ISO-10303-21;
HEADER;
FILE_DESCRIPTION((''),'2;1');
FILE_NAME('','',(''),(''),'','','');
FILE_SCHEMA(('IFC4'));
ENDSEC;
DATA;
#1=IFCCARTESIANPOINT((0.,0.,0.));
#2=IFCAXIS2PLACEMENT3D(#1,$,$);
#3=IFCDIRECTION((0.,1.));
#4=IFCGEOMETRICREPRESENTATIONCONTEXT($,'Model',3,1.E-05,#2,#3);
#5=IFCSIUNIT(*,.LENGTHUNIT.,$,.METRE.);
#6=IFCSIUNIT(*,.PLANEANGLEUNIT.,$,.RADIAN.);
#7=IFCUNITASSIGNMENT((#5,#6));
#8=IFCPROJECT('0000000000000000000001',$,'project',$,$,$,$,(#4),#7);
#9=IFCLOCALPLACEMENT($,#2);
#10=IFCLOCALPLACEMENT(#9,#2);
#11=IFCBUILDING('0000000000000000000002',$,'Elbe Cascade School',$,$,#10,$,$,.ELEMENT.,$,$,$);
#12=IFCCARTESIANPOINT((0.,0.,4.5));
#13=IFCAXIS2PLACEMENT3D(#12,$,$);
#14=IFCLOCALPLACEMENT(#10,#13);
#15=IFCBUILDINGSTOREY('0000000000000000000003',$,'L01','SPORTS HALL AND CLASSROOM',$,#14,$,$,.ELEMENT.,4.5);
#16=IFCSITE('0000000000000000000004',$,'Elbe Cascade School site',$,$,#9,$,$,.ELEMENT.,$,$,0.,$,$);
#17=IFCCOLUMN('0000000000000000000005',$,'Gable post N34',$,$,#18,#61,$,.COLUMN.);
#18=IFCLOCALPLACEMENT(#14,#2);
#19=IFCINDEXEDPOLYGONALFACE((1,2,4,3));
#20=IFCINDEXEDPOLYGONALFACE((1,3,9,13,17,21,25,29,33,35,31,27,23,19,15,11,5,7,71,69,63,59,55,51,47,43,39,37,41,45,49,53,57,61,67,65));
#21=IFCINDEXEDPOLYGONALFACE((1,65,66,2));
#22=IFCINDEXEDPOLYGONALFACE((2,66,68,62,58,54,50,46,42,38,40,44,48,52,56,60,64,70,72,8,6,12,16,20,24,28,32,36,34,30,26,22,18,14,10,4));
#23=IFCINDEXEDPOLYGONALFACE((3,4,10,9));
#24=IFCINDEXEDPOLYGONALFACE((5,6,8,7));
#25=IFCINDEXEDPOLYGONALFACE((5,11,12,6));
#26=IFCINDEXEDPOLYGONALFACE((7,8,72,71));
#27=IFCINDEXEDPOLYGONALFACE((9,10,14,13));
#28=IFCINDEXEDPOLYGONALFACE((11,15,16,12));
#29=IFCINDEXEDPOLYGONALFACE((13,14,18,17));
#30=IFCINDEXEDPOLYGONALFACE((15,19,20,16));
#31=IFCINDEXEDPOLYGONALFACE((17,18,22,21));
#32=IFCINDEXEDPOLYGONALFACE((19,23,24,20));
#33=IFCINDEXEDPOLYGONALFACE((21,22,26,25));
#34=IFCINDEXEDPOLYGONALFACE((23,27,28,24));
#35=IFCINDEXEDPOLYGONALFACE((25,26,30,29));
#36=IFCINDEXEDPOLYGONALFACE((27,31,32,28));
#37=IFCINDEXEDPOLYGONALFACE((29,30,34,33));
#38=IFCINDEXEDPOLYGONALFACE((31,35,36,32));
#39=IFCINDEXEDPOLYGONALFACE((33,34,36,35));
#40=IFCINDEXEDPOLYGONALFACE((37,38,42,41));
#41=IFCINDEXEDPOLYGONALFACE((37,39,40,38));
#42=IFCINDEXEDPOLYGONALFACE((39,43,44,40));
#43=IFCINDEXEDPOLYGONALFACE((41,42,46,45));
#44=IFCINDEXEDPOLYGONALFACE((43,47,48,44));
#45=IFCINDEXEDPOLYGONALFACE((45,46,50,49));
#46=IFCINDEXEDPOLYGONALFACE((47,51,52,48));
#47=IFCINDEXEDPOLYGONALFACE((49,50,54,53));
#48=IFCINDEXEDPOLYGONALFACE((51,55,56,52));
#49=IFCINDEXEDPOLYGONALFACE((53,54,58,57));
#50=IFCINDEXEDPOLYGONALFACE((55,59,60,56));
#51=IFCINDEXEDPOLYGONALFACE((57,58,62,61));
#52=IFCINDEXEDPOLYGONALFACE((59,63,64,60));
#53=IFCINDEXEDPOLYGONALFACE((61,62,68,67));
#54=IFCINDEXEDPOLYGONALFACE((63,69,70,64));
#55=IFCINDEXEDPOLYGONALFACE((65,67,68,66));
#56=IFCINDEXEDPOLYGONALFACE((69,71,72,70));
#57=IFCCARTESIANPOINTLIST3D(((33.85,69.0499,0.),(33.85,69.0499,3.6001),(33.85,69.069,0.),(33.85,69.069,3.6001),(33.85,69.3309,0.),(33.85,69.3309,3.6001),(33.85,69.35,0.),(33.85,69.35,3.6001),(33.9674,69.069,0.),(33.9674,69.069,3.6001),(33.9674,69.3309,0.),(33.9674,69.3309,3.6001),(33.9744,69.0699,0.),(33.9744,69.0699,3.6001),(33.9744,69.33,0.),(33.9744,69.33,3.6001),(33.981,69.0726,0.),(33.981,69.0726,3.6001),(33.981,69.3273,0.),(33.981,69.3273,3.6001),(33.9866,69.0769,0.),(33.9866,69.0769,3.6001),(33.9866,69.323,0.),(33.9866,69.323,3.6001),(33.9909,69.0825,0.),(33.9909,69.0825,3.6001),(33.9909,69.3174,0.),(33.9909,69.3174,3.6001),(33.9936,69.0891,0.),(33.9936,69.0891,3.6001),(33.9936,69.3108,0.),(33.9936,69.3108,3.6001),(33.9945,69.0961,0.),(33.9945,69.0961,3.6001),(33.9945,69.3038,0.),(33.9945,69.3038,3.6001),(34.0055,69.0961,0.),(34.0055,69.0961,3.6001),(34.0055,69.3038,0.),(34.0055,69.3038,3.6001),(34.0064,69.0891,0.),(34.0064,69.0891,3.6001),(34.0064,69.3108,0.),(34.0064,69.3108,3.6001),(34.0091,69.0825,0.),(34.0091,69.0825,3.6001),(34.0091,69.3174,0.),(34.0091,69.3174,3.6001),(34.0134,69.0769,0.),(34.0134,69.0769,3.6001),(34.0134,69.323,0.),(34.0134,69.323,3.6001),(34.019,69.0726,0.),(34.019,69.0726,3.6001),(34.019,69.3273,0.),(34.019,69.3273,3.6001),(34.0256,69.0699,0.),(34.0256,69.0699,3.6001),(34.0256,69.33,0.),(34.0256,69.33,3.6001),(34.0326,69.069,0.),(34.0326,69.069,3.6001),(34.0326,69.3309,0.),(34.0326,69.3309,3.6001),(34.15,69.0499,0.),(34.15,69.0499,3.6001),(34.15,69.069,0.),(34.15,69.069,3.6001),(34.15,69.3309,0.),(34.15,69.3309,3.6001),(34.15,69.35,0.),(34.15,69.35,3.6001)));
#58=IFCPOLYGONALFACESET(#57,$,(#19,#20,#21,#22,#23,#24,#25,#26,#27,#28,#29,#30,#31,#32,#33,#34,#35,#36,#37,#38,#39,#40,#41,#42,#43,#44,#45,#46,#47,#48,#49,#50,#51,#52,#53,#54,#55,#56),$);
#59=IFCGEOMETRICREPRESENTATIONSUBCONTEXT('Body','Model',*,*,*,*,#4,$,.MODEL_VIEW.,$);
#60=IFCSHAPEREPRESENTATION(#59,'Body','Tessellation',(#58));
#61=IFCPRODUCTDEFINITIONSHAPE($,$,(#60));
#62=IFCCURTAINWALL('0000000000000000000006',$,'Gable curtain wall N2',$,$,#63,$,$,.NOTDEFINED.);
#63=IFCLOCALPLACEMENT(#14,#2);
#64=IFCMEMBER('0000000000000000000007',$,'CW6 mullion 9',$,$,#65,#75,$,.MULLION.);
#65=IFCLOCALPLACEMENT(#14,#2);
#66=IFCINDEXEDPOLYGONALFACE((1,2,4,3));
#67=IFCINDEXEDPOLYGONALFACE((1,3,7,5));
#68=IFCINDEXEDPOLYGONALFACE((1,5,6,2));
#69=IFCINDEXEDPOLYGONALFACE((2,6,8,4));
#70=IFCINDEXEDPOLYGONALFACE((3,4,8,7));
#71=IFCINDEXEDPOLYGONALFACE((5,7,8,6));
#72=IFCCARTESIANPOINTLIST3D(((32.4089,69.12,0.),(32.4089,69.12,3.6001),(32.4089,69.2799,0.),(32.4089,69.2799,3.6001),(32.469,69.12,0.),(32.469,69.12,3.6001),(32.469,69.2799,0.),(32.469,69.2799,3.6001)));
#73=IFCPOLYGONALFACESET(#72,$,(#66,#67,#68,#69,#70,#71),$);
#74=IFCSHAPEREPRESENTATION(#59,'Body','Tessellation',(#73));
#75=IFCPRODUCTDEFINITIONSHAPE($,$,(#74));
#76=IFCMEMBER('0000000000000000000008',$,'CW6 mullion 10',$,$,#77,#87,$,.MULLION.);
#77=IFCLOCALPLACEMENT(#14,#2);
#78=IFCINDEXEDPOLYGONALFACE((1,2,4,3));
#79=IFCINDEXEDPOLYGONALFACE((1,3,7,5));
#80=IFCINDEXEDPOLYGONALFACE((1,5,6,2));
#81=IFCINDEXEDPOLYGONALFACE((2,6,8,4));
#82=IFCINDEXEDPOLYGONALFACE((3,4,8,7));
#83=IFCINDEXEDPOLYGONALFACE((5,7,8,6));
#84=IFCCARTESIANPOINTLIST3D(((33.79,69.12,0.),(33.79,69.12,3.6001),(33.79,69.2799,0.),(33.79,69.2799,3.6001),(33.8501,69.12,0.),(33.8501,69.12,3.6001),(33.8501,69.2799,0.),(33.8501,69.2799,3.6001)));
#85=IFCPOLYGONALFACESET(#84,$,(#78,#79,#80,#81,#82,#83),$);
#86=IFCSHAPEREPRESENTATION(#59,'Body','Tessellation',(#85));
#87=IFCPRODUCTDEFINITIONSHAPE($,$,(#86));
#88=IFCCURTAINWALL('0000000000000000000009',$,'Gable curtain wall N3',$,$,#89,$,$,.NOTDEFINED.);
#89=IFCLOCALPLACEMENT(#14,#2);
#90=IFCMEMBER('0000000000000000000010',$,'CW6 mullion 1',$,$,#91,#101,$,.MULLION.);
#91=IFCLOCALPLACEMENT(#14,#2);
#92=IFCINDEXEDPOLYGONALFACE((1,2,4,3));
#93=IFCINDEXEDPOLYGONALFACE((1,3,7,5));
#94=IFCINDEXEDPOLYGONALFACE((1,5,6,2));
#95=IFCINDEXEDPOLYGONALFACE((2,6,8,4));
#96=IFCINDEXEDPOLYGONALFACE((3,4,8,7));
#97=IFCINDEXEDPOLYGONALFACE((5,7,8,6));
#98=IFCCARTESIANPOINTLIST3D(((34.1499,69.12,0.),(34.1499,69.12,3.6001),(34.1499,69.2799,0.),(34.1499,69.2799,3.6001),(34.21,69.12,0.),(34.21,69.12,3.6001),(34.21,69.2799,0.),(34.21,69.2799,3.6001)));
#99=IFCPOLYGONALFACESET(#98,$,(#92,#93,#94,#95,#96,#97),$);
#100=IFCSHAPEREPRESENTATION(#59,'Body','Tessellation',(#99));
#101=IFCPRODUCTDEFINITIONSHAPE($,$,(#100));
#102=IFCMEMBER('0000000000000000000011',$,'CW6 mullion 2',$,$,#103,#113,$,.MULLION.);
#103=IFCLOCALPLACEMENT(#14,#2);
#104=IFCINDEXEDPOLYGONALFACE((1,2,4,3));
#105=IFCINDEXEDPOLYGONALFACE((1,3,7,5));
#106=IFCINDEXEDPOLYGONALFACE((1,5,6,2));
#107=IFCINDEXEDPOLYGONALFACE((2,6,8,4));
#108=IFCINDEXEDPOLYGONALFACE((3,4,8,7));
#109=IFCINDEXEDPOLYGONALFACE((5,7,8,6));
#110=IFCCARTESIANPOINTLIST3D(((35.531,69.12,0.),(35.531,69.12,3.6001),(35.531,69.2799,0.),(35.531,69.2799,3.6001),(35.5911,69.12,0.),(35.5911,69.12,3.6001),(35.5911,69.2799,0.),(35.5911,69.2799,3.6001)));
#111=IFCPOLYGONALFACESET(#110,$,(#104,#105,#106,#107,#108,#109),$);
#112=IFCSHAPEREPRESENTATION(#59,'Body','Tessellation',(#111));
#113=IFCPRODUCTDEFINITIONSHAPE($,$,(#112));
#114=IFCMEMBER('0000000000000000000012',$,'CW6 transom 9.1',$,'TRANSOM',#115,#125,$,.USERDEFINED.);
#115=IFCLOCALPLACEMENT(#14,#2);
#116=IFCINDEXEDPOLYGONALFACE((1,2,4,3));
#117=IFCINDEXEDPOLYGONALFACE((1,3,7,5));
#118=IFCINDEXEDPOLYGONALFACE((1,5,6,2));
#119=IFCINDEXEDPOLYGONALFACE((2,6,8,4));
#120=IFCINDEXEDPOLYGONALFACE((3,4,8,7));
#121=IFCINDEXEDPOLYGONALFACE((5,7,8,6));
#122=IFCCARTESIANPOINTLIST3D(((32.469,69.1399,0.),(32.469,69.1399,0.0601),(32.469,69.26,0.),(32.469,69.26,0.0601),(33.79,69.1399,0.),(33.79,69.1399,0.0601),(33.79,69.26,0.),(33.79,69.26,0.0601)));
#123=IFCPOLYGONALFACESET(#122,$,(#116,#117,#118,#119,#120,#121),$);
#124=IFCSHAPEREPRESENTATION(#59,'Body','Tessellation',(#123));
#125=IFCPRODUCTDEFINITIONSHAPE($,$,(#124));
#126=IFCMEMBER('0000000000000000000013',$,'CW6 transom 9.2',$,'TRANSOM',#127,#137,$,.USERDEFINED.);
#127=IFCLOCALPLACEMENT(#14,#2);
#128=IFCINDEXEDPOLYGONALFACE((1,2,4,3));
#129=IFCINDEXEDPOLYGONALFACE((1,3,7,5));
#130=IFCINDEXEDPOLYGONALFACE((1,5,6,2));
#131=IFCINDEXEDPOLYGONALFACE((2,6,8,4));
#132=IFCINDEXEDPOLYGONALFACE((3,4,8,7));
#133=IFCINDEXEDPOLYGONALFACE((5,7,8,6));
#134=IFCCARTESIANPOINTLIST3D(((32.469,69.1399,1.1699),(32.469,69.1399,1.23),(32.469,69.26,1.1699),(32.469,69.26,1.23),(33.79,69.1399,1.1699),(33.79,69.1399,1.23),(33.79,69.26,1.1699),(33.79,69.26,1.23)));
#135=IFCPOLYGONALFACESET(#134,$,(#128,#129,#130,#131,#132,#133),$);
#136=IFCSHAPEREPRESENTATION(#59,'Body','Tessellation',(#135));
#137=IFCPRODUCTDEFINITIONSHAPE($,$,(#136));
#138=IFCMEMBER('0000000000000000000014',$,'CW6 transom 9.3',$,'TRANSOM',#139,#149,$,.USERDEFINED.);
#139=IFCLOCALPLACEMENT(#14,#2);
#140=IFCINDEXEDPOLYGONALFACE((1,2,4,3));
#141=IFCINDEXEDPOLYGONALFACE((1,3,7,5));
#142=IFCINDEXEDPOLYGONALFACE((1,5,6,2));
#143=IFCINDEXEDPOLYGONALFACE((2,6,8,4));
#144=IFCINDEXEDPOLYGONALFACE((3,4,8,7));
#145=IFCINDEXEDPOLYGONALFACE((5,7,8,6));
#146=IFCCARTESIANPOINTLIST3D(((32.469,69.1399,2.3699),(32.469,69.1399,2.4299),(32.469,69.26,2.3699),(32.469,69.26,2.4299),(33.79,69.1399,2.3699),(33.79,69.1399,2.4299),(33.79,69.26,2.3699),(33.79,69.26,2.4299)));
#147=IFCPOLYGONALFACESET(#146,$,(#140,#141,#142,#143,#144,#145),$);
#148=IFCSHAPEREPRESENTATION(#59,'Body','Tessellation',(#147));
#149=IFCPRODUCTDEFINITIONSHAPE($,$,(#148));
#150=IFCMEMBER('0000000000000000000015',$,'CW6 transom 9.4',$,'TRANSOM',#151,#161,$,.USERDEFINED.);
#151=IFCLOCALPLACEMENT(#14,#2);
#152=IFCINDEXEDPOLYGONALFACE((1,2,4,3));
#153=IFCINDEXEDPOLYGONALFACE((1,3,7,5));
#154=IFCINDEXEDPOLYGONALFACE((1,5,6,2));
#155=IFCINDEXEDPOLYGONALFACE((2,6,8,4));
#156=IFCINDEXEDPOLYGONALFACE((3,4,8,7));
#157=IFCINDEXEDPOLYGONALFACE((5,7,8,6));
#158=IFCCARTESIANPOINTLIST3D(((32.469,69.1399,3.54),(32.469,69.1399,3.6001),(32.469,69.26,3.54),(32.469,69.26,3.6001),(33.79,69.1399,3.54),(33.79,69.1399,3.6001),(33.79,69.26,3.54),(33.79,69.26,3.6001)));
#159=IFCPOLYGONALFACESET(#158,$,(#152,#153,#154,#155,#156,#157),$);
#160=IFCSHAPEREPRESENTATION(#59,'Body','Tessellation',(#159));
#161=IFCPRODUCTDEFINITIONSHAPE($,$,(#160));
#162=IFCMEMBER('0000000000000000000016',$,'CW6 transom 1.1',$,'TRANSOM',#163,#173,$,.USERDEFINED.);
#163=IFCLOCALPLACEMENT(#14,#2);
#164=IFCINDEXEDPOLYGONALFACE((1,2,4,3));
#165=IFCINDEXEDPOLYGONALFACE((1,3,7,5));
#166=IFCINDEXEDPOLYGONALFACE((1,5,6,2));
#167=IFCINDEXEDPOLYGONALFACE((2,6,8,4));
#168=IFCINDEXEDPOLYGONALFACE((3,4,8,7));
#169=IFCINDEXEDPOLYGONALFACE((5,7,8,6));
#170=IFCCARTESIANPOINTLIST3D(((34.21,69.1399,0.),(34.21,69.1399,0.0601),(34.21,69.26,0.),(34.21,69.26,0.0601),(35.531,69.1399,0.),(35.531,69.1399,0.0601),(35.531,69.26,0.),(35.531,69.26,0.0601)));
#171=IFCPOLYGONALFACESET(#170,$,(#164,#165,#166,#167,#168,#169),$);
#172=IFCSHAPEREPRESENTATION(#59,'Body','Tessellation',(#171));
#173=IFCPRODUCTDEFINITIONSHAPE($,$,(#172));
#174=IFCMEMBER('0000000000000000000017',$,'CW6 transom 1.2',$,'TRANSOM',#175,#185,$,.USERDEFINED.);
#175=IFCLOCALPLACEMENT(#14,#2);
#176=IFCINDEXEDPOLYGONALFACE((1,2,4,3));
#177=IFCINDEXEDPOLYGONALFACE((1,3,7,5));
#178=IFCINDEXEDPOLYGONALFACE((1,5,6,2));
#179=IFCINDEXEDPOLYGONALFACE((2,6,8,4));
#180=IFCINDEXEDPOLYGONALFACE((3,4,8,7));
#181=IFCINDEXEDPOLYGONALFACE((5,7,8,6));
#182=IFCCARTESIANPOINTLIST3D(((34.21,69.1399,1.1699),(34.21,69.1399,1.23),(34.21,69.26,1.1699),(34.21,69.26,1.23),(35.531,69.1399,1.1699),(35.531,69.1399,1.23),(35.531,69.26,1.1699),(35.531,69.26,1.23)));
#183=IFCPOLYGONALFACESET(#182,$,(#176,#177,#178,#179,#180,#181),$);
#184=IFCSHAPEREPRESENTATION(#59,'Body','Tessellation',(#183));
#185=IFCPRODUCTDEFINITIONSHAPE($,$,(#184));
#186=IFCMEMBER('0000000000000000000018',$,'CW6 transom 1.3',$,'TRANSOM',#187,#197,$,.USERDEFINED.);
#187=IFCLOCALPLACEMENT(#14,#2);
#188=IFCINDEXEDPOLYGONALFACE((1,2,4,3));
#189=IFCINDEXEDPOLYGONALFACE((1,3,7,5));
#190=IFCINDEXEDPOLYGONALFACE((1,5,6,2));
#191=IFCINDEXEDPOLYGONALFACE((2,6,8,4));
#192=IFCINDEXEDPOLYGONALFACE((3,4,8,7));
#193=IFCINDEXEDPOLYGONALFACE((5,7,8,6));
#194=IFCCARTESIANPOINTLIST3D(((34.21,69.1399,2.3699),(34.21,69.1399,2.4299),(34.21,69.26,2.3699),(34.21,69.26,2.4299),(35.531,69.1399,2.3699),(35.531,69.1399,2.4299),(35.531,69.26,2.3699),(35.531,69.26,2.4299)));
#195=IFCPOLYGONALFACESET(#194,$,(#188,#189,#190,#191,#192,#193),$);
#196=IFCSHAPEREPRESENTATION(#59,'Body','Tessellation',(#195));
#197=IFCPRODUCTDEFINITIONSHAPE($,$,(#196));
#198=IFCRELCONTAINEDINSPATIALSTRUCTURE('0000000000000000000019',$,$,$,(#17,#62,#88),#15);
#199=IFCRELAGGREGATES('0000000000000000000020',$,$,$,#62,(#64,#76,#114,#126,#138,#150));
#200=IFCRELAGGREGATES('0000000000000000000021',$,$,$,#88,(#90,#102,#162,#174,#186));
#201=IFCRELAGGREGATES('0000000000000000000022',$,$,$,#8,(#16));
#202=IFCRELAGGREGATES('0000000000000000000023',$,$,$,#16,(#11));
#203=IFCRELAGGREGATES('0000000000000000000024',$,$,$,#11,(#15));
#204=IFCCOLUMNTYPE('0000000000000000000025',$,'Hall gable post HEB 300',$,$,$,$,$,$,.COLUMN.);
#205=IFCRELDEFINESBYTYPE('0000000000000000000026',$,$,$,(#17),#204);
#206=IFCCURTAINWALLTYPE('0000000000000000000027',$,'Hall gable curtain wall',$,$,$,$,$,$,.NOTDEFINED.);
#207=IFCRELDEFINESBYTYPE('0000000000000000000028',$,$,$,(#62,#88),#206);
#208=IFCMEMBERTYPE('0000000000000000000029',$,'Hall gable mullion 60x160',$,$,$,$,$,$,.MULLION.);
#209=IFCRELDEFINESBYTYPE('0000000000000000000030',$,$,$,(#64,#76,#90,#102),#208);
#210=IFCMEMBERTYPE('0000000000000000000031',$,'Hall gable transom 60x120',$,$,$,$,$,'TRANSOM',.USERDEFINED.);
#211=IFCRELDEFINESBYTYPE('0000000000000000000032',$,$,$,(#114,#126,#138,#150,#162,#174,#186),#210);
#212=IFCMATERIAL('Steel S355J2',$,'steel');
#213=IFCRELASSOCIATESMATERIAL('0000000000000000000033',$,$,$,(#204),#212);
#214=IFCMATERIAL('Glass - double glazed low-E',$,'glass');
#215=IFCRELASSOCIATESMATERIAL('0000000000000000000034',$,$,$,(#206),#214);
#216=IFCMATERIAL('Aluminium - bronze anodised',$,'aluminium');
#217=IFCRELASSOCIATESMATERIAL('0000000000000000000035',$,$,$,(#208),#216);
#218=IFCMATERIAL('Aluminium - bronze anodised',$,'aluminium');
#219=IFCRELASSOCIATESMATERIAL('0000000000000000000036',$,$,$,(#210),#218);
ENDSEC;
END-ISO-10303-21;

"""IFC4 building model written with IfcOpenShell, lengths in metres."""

from ifc_helpers import new_model, si_unit, direction, frame, origin, origin_2d, place, context, subcontext, project, spatial, rectangle, i_section, extrude, material, material_profile, profile_set, type_object, element, aggregate, save


model = new_model("IFC4")

# Units and contexts
model_context = context("Model", 3, precision=1e-05, world=origin(), true_north=direction((0.0, 1.0)))
body_context = subcontext(model_context, "Body", "Model", "MODEL_VIEW")
ifc_project = project(units=[si_unit("LENGTHUNIT", "METRE"), si_unit("PLANEANGLEUNIT", "RADIAN")], contexts=[model_context])

# Site, building, storey
site_placement = place(None, origin())
site = spatial("IfcSite", under=ifc_project, at=site_placement, Name="Elbe Cascade School site", CompositionType="ELEMENT", RefElevation=0.0)
building_placement = place(site_placement, origin())
building = spatial("IfcBuilding", under=site, at=building_placement, Name="Elbe Cascade School", CompositionType="ELEMENT")
storey_placement = place(building_placement, frame((0.0, 0.0, 4.5)))
storey = spatial("IfcBuildingStorey", under=building, at=storey_placement, Name="L01", Description="SPORTS HALL AND CLASSROOM", CompositionType="ELEMENT", Elevation=4.5)

# Column
ifc_material_1 = material(Name="Steel S355J2", Category="steel")
ifc_material_profile_1 = material_profile(ifc_material_1, i_section(OverallWidth=0.3, OverallDepth=0.3, WebThickness=0.011, FlangeThickness=0.019, FilletRadius=0.0271, at=origin_2d()), Name="HEB 300")
ifc_profile_set_1 = profile_set([ifc_material_profile_1], Name="Steel S355J2")
column_type = type_object("IfcColumnType", Name="Hall gable post HEB 300", PredefinedType="COLUMN", material=ifc_profile_set_1)
column_placement = place(storey_placement, frame((34.0, 69.2, 0.0), z_axis=(0.0, 0.0, 1.0), x_axis=(1.0, 0.0, 0.0)))
element("IfcColumn", 1, at=column_placement, inside=storey, type_object=column_type, Name="Gable post N34", PredefinedType="COLUMN", context=body_context, shape_type="SweptSolid", body=[
    extrude(i_section(OverallWidth=0.3, OverallDepth=0.3, WebThickness=0.011, FlangeThickness=0.019, FilletRadius=0.0271, at=origin_2d()), origin(), (0.0, 0.0, 1.0), 3.6001),
])

# Curtain walls, members
ifc_material_2 = material(Name="Glass - double glazed low-E", Category="glass")
curtain_wall_type = type_object("IfcCurtainWallType", Name="Hall gable curtain wall", PredefinedType="NOTDEFINED", material=ifc_material_2)
curtain_wall_1_placement = place(storey_placement, origin())
curtain_wall_1 = element("IfcCurtainWall", 2, at=curtain_wall_1_placement, inside=storey, type_object=curtain_wall_type, Name="Gable curtain wall N2", PredefinedType="NOTDEFINED")
ifc_material_3 = material(Name="Aluminium - bronze anodised", Category="aluminium")
ifc_material_profile_2 = material_profile(ifc_material_3, rectangle(XDim=0.1599, YDim=0.0601, at=origin_2d()), Name="Alu 60x160")
ifc_profile_set_2 = profile_set([ifc_material_profile_2], Name="Aluminium - bronze anodised")
member_type_1 = type_object("IfcMemberType", Name="Hall gable mullion 60x160", PredefinedType="MULLION", material=ifc_profile_set_2)
member_1_placement = place(storey_placement, frame((32.439, 69.2, 0.0), z_axis=(0.0, 0.0, 1.0), x_axis=(0.0, 1.0, 0.0)))
member_1 = element("IfcMember", 3, at=member_1_placement, type_object=member_type_1, Name="CW6 mullion 9", PredefinedType="MULLION", context=body_context, shape_type="SweptSolid", body=[
    extrude(rectangle(XDim=0.1599, YDim=0.0601, at=origin_2d()), origin(), (0.0, 0.0, 1.0), 3.6001),
])
member_2_placement = place(storey_placement, frame((33.8201, 69.2, 0.0), z_axis=(0.0, 0.0, 1.0), x_axis=(0.0, 1.0, 0.0)))
member_2 = element("IfcMember", 4, at=member_2_placement, type_object=member_type_1, Name="CW6 mullion 10", PredefinedType="MULLION", context=body_context, shape_type="SweptSolid", body=[
    extrude(rectangle(XDim=0.1599, YDim=0.0601, at=origin_2d()), origin(), (0.0, 0.0, 1.0), 3.6001),
])
curtain_wall_2_placement = place(storey_placement, origin())
curtain_wall_2 = element("IfcCurtainWall", 5, at=curtain_wall_2_placement, inside=storey, type_object=curtain_wall_type, Name="Gable curtain wall N3", PredefinedType="NOTDEFINED")
member_3_placement = place(storey_placement, frame((34.1799, 69.2, 0.0), z_axis=(0.0, 0.0, 1.0), x_axis=(0.0, 1.0, 0.0)))
member_3 = element("IfcMember", 6, at=member_3_placement, type_object=member_type_1, Name="CW6 mullion 1", PredefinedType="MULLION", context=body_context, shape_type="SweptSolid", body=[
    extrude(rectangle(XDim=0.1599, YDim=0.0601, at=origin_2d()), origin(), (0.0, 0.0, 1.0), 3.6001),
])
member_4_placement = place(storey_placement, frame((35.561, 69.2, 0.0), z_axis=(0.0, 0.0, 1.0), x_axis=(0.0, 1.0, 0.0)))
member_4 = element("IfcMember", 7, at=member_4_placement, type_object=member_type_1, Name="CW6 mullion 2", PredefinedType="MULLION", context=body_context, shape_type="SweptSolid", body=[
    extrude(rectangle(XDim=0.1599, YDim=0.0601, at=origin_2d()), origin(), (0.0, 0.0, 1.0), 3.6001),
])

# Members
ifc_material_4 = material(Name="Aluminium - bronze anodised", Category="aluminium")
ifc_material_profile_3 = material_profile(ifc_material_4, rectangle(XDim=0.1201, YDim=0.0601, at=origin_2d()), Name="Alu 60x120")
ifc_profile_set_3 = profile_set([ifc_material_profile_3], Name="Aluminium - bronze anodised")
member_type_2 = type_object("IfcMemberType", Name="Hall gable transom 60x120", ElementType="TRANSOM", PredefinedType="USERDEFINED", material=ifc_profile_set_3)
member_5_placement = place(storey_placement, frame((32.469, 69.2, 0.03), z_axis=(1.0, 0.0, 0.0), x_axis=(0.0, 1.0, 0.0)))
member_5 = element("IfcMember", 8, at=member_5_placement, type_object=member_type_2, Name="CW6 transom 9.1", ObjectType="TRANSOM", PredefinedType="USERDEFINED", context=body_context, shape_type="SweptSolid", body=[
    extrude(rectangle(XDim=0.1201, YDim=0.0601, at=origin_2d()), origin(), (0.0, 0.0, 1.0), 1.321),
])
member_6_placement = place(storey_placement, frame((32.469, 69.2, 1.2), z_axis=(1.0, 0.0, 0.0), x_axis=(0.0, 1.0, 0.0)))
member_6 = element("IfcMember", 9, at=member_6_placement, type_object=member_type_2, Name="CW6 transom 9.2", ObjectType="TRANSOM", PredefinedType="USERDEFINED", context=body_context, shape_type="SweptSolid", body=[
    extrude(rectangle(XDim=0.1201, YDim=0.0601, at=origin_2d()), origin(), (0.0, 0.0, 1.0), 1.321),
])
member_7_placement = place(storey_placement, frame((32.469, 69.2, 2.3999), z_axis=(1.0, 0.0, 0.0), x_axis=(0.0, 1.0, 0.0)))
member_7 = element("IfcMember", 10, at=member_7_placement, type_object=member_type_2, Name="CW6 transom 9.3", ObjectType="TRANSOM", PredefinedType="USERDEFINED", context=body_context, shape_type="SweptSolid", body=[
    extrude(rectangle(XDim=0.1201, YDim=0.0601, at=origin_2d()), origin(), (0.0, 0.0, 1.0), 1.321),
])
member_8_placement = place(storey_placement, frame((32.469, 69.2, 3.5701), z_axis=(1.0, 0.0, 0.0), x_axis=(0.0, 1.0, 0.0)))
member_8 = element("IfcMember", 11, at=member_8_placement, type_object=member_type_2, Name="CW6 transom 9.4", ObjectType="TRANSOM", PredefinedType="USERDEFINED", context=body_context, shape_type="SweptSolid", body=[
    extrude(rectangle(XDim=0.1201, YDim=0.0601, at=origin_2d()), origin(), (0.0, 0.0, 1.0), 1.321),
])
member_9_placement = place(storey_placement, frame((34.21, 69.2, 0.03), z_axis=(1.0, 0.0, 0.0), x_axis=(0.0, 1.0, 0.0)))
member_9 = element("IfcMember", 12, at=member_9_placement, type_object=member_type_2, Name="CW6 transom 1.1", ObjectType="TRANSOM", PredefinedType="USERDEFINED", context=body_context, shape_type="SweptSolid", body=[
    extrude(rectangle(XDim=0.1201, YDim=0.0601, at=origin_2d()), origin(), (0.0, 0.0, 1.0), 1.321),
])
member_10_placement = place(storey_placement, frame((34.21, 69.2, 1.2), z_axis=(1.0, 0.0, 0.0), x_axis=(0.0, 1.0, 0.0)))
member_10 = element("IfcMember", 13, at=member_10_placement, type_object=member_type_2, Name="CW6 transom 1.2", ObjectType="TRANSOM", PredefinedType="USERDEFINED", context=body_context, shape_type="SweptSolid", body=[
    extrude(rectangle(XDim=0.1201, YDim=0.0601, at=origin_2d()), origin(), (0.0, 0.0, 1.0), 1.321),
])
member_11_placement = place(storey_placement, frame((34.21, 69.2, 2.3999), z_axis=(1.0, 0.0, 0.0), x_axis=(0.0, 1.0, 0.0)))
member_11 = element("IfcMember", 14, at=member_11_placement, type_object=member_type_2, Name="CW6 transom 1.3", ObjectType="TRANSOM", PredefinedType="USERDEFINED", context=body_context, shape_type="SweptSolid", body=[
    extrude(rectangle(XDim=0.1201, YDim=0.0601, at=origin_2d()), origin(), (0.0, 0.0, 1.0), 1.321),
])

aggregate(curtain_wall_1, [member_1, member_2, member_5, member_6, member_7, member_8])
aggregate(curtain_wall_2, [member_3, member_4, member_9, member_10, member_11])

save(model, "model.ifc")
